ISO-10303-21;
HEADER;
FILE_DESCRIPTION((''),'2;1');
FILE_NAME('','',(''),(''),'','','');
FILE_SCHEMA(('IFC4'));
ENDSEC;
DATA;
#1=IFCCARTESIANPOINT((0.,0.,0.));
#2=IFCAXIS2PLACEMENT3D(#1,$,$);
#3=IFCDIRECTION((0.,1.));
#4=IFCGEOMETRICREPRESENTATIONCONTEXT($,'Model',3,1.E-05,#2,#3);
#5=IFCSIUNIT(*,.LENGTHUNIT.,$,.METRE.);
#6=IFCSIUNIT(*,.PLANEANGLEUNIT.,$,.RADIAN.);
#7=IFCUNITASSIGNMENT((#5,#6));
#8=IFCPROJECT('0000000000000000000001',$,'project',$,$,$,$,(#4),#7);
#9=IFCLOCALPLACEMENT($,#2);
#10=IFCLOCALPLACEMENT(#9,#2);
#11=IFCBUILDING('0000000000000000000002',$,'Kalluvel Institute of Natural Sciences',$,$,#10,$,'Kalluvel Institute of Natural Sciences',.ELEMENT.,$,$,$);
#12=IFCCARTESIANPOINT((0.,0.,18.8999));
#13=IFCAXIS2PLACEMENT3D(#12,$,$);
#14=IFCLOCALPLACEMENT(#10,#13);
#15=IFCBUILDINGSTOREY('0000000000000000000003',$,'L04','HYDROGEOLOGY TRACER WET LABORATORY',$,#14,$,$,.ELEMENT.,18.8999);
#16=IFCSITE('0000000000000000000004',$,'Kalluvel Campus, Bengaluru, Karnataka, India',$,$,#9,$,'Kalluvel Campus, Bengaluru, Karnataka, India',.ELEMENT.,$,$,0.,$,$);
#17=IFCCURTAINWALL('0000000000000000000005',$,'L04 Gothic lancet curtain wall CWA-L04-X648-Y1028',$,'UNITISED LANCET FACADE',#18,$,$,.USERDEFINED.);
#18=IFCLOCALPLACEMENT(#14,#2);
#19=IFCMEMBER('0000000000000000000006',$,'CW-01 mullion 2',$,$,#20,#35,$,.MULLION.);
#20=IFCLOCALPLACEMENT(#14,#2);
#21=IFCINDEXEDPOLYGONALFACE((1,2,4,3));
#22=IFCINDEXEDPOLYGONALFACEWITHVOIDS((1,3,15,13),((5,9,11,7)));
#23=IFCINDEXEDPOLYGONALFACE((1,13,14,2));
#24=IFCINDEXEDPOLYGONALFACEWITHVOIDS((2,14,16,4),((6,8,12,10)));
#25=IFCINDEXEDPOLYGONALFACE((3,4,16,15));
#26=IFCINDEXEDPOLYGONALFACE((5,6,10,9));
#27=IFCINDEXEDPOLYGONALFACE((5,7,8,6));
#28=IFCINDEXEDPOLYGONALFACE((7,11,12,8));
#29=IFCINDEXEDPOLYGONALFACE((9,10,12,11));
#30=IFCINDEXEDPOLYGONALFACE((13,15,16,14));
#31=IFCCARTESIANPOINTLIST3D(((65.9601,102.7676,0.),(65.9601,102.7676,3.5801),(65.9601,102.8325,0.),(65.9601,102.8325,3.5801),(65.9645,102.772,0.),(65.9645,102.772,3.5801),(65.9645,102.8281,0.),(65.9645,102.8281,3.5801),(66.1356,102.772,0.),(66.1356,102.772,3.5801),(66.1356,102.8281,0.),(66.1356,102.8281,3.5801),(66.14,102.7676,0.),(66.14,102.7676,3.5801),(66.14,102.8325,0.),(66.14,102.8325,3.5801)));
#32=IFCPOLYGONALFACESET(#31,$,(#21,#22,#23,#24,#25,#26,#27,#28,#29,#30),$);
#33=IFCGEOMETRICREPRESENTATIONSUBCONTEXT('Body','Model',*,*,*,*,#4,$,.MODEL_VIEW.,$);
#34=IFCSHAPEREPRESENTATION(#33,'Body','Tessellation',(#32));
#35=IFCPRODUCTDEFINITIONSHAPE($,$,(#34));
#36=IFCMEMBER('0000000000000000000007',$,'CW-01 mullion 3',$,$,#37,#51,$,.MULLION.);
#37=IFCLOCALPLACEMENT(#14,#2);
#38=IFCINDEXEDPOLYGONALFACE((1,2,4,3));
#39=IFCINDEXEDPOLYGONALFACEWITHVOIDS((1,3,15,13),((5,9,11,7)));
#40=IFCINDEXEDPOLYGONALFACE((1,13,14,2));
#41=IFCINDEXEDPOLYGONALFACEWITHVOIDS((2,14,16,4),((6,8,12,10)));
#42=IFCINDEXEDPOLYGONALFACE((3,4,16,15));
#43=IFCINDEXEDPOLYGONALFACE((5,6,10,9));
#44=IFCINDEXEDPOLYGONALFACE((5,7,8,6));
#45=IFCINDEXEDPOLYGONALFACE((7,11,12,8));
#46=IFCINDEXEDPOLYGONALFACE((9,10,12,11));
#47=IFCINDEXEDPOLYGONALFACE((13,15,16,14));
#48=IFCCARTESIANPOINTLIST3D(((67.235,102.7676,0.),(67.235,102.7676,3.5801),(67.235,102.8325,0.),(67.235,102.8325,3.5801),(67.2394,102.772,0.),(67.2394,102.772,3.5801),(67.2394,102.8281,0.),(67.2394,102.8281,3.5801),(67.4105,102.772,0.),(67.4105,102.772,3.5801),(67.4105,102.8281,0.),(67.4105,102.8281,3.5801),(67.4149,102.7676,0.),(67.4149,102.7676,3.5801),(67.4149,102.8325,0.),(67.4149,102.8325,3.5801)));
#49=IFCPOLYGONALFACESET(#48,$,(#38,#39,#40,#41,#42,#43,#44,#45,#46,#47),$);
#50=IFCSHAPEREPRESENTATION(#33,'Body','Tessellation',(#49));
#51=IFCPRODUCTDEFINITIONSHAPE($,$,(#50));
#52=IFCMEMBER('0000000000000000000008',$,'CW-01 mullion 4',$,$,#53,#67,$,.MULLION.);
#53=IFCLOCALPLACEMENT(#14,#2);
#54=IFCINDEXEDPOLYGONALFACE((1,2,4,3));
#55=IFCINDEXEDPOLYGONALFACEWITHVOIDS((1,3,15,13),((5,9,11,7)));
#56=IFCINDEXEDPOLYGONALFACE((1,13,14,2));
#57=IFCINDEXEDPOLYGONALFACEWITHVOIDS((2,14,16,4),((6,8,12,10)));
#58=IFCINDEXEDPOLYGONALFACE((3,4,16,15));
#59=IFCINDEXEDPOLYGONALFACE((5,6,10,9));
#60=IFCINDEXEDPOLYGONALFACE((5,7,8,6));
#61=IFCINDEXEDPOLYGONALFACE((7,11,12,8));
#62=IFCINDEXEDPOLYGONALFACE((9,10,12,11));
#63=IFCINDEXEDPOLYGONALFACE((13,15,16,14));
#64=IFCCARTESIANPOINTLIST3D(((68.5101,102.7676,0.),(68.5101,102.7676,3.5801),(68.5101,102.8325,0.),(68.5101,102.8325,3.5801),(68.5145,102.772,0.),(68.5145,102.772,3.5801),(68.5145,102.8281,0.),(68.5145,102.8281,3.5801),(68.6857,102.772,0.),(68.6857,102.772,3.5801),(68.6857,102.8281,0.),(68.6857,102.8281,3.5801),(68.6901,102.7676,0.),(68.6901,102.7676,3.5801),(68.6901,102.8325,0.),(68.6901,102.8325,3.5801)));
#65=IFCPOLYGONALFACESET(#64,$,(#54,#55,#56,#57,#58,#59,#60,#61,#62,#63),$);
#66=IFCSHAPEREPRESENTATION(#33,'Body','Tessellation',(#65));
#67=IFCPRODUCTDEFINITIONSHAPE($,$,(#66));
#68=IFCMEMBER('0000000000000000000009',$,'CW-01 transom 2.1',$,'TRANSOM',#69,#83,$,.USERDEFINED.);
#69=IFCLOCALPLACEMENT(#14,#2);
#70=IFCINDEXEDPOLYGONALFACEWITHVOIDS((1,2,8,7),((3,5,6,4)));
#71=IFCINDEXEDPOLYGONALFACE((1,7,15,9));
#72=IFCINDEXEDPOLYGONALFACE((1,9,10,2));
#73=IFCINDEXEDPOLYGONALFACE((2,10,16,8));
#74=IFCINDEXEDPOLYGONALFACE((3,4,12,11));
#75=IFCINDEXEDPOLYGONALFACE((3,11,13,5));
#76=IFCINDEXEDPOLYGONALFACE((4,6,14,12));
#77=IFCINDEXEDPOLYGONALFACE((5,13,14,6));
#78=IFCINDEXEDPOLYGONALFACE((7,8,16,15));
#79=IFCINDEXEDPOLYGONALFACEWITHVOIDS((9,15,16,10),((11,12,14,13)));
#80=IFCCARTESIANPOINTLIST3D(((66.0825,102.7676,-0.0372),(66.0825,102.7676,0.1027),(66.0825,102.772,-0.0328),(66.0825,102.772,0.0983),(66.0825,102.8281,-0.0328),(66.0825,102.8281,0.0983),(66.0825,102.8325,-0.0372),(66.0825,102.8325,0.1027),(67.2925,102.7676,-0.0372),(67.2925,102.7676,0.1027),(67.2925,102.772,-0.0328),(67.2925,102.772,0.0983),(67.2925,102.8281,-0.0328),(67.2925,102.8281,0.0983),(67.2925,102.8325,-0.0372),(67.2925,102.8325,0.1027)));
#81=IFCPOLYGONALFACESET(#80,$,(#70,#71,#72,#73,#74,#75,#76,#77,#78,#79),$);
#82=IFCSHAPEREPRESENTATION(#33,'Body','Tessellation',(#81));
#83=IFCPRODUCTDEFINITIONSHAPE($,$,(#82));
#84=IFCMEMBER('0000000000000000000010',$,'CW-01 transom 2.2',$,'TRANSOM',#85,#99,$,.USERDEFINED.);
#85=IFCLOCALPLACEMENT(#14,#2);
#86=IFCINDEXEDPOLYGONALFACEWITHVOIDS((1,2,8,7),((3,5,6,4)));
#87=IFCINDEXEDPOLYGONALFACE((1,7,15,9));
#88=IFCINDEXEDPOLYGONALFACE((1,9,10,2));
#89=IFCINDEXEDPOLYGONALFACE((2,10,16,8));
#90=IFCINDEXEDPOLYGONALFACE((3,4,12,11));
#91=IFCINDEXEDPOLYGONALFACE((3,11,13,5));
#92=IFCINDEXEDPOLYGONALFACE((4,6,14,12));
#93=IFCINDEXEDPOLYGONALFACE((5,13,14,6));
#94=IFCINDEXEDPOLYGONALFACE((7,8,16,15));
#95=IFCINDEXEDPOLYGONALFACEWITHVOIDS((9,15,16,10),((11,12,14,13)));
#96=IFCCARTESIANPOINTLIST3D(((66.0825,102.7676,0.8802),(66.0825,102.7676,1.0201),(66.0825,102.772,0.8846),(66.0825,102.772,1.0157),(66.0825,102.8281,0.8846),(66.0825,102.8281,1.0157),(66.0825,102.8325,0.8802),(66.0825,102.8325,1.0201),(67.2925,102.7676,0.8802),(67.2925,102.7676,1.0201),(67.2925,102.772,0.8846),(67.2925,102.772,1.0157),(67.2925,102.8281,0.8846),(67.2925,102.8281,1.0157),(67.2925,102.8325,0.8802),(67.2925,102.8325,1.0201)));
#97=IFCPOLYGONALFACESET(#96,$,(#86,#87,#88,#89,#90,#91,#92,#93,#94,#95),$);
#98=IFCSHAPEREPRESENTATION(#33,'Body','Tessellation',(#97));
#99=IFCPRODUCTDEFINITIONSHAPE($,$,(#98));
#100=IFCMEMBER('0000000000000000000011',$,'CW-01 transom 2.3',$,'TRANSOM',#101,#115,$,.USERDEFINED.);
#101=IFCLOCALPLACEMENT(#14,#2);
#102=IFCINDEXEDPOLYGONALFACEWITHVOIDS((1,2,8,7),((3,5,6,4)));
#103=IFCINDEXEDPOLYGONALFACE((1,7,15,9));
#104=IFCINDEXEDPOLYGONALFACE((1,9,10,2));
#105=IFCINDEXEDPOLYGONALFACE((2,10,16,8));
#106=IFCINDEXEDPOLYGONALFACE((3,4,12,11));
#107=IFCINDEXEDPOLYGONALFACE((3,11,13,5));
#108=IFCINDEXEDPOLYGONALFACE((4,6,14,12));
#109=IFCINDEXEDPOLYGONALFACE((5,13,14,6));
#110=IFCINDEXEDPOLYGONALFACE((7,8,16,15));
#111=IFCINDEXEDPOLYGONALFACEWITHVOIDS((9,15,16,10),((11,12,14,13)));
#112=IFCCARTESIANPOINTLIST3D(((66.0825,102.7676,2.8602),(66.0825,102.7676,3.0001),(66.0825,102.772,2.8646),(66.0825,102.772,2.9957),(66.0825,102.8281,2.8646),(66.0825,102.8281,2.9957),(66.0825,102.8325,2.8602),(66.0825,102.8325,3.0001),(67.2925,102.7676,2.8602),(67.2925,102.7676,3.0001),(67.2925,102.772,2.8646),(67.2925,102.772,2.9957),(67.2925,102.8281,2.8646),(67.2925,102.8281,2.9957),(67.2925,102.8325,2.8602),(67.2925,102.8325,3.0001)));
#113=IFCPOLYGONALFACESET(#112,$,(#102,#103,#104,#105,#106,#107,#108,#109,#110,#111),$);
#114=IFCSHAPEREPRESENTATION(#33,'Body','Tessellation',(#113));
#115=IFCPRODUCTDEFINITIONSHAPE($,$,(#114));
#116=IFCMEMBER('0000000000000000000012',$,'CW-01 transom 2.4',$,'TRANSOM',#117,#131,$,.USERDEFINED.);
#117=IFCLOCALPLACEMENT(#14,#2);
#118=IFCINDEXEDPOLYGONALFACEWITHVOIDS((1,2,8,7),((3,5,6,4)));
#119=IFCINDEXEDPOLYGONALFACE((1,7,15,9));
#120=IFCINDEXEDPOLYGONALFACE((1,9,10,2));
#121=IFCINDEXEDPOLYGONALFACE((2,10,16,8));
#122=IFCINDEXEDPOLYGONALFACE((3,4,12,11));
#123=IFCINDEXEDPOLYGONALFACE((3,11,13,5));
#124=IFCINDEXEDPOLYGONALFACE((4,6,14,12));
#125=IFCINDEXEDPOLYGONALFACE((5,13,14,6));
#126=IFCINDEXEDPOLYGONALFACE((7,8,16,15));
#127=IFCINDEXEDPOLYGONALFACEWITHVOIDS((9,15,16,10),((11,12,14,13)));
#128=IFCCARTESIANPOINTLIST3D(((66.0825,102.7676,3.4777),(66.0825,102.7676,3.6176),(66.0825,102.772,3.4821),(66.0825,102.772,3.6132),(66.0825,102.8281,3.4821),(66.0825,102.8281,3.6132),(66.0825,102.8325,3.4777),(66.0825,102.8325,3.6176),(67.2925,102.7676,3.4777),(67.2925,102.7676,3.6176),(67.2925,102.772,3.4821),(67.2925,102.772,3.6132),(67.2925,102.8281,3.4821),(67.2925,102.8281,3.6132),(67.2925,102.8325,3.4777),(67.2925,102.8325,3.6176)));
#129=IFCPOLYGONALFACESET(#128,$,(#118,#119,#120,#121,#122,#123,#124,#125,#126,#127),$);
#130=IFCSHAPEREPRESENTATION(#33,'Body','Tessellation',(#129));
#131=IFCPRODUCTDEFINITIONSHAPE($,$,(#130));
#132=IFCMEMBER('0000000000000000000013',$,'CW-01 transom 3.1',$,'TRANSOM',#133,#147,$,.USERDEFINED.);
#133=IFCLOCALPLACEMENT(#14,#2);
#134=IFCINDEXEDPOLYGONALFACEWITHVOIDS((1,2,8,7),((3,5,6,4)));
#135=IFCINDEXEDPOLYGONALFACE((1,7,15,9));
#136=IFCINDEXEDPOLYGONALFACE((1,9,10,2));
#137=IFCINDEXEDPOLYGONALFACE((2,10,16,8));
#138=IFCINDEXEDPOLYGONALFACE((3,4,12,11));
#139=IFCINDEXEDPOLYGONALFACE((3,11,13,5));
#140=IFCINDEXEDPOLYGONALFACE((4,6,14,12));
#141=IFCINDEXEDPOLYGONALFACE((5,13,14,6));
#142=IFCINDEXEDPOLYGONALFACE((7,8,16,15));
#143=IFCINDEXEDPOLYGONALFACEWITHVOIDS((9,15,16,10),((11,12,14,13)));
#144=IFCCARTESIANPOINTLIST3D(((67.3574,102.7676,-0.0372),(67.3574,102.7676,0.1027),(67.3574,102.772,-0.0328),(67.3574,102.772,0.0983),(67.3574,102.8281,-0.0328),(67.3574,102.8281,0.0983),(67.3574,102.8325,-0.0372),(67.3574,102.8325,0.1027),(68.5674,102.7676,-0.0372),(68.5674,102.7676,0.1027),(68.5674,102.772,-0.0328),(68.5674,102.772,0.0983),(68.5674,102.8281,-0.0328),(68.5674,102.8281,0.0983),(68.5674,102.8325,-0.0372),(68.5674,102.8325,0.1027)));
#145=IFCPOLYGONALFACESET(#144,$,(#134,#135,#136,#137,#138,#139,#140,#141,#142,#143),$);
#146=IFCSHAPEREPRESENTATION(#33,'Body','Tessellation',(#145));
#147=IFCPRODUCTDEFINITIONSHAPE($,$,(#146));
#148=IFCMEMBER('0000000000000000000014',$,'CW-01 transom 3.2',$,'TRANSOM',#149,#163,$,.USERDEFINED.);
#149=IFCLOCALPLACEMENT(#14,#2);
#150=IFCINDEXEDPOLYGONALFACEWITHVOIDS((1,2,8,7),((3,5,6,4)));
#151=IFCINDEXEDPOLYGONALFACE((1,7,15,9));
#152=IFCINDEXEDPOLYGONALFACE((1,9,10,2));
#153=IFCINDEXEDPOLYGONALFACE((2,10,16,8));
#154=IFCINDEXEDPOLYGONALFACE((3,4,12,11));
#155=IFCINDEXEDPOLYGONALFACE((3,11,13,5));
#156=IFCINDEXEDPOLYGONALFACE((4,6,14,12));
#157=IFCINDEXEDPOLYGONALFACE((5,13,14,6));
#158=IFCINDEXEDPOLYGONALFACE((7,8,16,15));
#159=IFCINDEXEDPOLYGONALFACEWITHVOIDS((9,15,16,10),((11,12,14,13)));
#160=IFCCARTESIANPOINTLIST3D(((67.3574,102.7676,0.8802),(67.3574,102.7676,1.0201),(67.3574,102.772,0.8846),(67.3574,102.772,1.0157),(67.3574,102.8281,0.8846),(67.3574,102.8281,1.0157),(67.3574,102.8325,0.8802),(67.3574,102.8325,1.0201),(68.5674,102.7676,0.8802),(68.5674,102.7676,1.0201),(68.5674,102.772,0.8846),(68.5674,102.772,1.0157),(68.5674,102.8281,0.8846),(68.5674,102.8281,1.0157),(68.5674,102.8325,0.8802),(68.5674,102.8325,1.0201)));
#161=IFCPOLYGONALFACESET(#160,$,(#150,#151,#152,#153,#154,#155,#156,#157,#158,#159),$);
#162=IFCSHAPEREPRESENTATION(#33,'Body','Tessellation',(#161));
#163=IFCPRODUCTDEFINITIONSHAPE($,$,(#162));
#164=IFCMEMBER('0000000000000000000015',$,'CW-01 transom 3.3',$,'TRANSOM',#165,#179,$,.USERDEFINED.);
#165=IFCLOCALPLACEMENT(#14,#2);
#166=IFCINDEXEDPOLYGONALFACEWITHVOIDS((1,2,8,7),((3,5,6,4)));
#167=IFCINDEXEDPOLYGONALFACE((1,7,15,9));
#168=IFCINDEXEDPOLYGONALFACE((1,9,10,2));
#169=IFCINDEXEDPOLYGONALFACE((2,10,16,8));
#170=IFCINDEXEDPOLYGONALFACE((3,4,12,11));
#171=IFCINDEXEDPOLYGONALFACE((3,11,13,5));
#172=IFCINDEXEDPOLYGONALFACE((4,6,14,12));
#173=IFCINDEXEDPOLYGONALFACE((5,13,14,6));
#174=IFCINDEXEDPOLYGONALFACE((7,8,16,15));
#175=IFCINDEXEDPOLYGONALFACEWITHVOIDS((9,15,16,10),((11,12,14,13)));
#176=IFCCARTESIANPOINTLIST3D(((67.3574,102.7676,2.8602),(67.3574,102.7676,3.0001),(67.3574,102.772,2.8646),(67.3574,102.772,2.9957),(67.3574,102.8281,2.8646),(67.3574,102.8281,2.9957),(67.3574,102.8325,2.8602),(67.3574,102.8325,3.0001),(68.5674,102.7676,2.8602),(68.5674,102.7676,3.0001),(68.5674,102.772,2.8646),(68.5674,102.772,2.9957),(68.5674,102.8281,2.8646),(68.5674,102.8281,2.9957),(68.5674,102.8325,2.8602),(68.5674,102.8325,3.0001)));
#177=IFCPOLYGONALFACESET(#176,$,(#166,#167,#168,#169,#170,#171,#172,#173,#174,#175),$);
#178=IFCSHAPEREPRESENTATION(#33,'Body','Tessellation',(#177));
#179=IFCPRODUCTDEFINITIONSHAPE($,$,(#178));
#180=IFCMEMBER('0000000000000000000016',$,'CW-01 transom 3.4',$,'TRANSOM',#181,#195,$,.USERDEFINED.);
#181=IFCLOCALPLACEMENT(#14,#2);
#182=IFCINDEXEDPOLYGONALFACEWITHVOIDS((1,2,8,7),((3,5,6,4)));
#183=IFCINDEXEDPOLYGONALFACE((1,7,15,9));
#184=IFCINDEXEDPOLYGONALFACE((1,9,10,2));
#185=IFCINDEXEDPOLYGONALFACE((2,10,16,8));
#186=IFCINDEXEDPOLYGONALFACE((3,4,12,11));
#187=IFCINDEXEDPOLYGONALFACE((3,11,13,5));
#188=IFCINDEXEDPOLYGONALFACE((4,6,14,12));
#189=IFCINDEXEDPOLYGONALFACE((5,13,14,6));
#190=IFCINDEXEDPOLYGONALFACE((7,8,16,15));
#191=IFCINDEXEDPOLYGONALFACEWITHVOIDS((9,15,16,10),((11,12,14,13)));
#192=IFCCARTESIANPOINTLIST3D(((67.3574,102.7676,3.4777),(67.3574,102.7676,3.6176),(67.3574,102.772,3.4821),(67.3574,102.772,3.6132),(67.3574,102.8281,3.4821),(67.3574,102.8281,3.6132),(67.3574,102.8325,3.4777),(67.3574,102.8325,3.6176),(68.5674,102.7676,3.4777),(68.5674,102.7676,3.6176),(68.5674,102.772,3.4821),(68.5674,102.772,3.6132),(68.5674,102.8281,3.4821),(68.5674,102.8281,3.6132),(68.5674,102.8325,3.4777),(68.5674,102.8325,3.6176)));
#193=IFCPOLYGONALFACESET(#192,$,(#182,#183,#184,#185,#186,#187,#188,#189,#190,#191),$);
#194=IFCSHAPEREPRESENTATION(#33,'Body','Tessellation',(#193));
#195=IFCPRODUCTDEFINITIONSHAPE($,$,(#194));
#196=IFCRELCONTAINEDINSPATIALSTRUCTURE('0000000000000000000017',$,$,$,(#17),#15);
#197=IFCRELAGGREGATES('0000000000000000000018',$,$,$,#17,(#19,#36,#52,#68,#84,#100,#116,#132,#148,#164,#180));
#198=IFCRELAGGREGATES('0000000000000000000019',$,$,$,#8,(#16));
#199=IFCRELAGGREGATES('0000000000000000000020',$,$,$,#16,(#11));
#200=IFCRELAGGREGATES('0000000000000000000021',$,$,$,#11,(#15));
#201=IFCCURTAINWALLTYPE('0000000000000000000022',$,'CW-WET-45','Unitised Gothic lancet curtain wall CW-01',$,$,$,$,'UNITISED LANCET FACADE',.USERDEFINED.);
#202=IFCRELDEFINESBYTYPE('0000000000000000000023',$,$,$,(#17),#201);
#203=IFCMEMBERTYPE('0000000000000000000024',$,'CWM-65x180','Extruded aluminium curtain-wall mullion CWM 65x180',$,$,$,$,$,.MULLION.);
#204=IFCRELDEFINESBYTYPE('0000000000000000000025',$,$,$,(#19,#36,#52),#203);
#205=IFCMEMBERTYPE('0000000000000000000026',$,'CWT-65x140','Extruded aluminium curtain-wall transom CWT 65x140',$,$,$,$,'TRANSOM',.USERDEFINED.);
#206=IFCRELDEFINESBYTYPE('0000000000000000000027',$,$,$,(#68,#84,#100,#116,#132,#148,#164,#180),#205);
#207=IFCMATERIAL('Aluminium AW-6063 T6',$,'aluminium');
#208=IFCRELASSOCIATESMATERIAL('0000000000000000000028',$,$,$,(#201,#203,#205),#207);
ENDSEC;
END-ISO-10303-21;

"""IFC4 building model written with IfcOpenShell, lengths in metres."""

from ifc_helpers import new_model, si_unit, direction, frame, origin, origin_2d, place, context, subcontext, project, spatial, hollow_rectangle, extrude, material, material_profile, profile_set, type_object, element, aggregate, save


model = new_model("IFC4")

# Units and contexts
model_context = context("Model", 3, precision=1e-05, world=origin(), true_north=direction((0.0, 1.0)))
body_context = subcontext(model_context, "Body", "Model", "MODEL_VIEW")
ifc_project = project(units=[si_unit("LENGTHUNIT", "METRE"), si_unit("PLANEANGLEUNIT", "RADIAN")], contexts=[model_context])

# Site, building, storey
site_placement = place(None, origin())
site = spatial("IfcSite", under=ifc_project, at=site_placement, Name="Kalluvel Campus, Bengaluru, Karnataka, India", LongName="Kalluvel Campus, Bengaluru, Karnataka, India", CompositionType="ELEMENT", RefElevation=0.0)
building_placement = place(site_placement, origin())
building = spatial("IfcBuilding", under=site, at=building_placement, Name="Kalluvel Institute of Natural Sciences", LongName="Kalluvel Institute of Natural Sciences", CompositionType="ELEMENT")
storey_placement = place(building_placement, frame((0.0, 0.0, 18.8999)))
storey = spatial("IfcBuildingStorey", under=building, at=storey_placement, Name="L04", Description="HYDROGEOLOGY TRACER WET LABORATORY", CompositionType="ELEMENT", Elevation=18.8999)

# Curtain wall, members
ifc_material_1 = material(Name="Aluminium AW-6063 T6", Category="aluminium")
curtain_wall_type = type_object("IfcCurtainWallType", Name="CW-WET-45", Description="Unitised Gothic lancet curtain wall CW-01", ElementType="UNITISED LANCET FACADE", PredefinedType="USERDEFINED", material=ifc_material_1)
curtain_wall_placement = place(storey_placement, origin())
curtain_wall = element("IfcCurtainWall", 1, at=curtain_wall_placement, inside=storey, type_object=curtain_wall_type, Name="L04 Gothic lancet curtain wall CWA-L04-X648-Y1028", ObjectType="UNITISED LANCET FACADE", PredefinedType="USERDEFINED")
ifc_material_profile_1 = material_profile(ifc_material_1, hollow_rectangle(XDim=0.0649, YDim=0.1799, WallThickness=0.0044, at=origin_2d()), Name="CWM 65x180")
ifc_profile_set_1 = profile_set([ifc_material_profile_1], Name="Aluminium AW-6063 T6")
member_type_1 = type_object("IfcMemberType", Name="CWM-65x180", Description="Extruded aluminium curtain-wall mullion CWM 65x180", PredefinedType="MULLION", material=ifc_profile_set_1)
member_1_placement = place(storey_placement, frame((66.05, 102.8, 0.0), z_axis=(0.0, 0.0, 1.0), x_axis=(0.0, 1.0, 0.0)))
member_1 = element("IfcMember", 2, at=member_1_placement, type_object=member_type_1, Name="CW-01 mullion 2", PredefinedType="MULLION", context=body_context, shape_type="SweptSolid", body=[
    extrude(hollow_rectangle(XDim=0.0649, YDim=0.1799, WallThickness=0.0044, at=origin_2d()), origin(), (0.0, 0.0, 1.0), 3.5801),
])
member_2_placement = place(storey_placement, frame((67.325, 102.8, 0.0), z_axis=(0.0, 0.0, 1.0), x_axis=(0.0, 1.0, 0.0)))
member_2 = element("IfcMember", 3, at=member_2_placement, type_object=member_type_1, Name="CW-01 mullion 3", PredefinedType="MULLION", context=body_context, shape_type="SweptSolid", body=[
    extrude(hollow_rectangle(XDim=0.0649, YDim=0.1799, WallThickness=0.0044, at=origin_2d()), origin(), (0.0, 0.0, 1.0), 3.5801),
])
member_3_placement = place(storey_placement, frame((68.6001, 102.8, 0.0), z_axis=(0.0, 0.0, 1.0), x_axis=(0.0, 1.0, 0.0)))
member_3 = element("IfcMember", 4, at=member_3_placement, type_object=member_type_1, Name="CW-01 mullion 4", PredefinedType="MULLION", context=body_context, shape_type="SweptSolid", body=[
    extrude(hollow_rectangle(XDim=0.0649, YDim=0.1799, WallThickness=0.0044, at=origin_2d()), origin(), (0.0, 0.0, 1.0), 3.5801),
])
ifc_material_profile_2 = material_profile(ifc_material_1, hollow_rectangle(XDim=0.0649, YDim=0.1399, WallThickness=0.0044, at=origin_2d()), Name="CWT 65x140")
ifc_profile_set_2 = profile_set([ifc_material_profile_2], Name="Aluminium AW-6063 T6")
member_type_2 = type_object("IfcMemberType", Name="CWT-65x140", Description="Extruded aluminium curtain-wall transom CWT 65x140", ElementType="TRANSOM", PredefinedType="USERDEFINED", material=ifc_profile_set_2)
member_4_placement = place(storey_placement, frame((66.0825, 102.8, 0.0327), z_axis=(1.0, 0.0, 0.0), x_axis=(0.0, 1.0, 0.0)))
member_4 = element("IfcMember", 5, at=member_4_placement, type_object=member_type_2, Name="CW-01 transom 2.1", ObjectType="TRANSOM", PredefinedType="USERDEFINED", context=body_context, shape_type="SweptSolid", body=[
    extrude(hollow_rectangle(XDim=0.0649, YDim=0.1399, WallThickness=0.0044, at=origin_2d()), origin(), (0.0, 0.0, 1.0), 1.21),
])
member_5_placement = place(storey_placement, frame((66.0825, 102.8, 0.9502), z_axis=(1.0, 0.0, 0.0), x_axis=(0.0, 1.0, 0.0)))
member_5 = element("IfcMember", 6, at=member_5_placement, type_object=member_type_2, Name="CW-01 transom 2.2", ObjectType="TRANSOM", PredefinedType="USERDEFINED", context=body_context, shape_type="SweptSolid", body=[
    extrude(hollow_rectangle(XDim=0.0649, YDim=0.1399, WallThickness=0.0044, at=origin_2d()), origin(), (0.0, 0.0, 1.0), 1.21),
])
member_6_placement = place(storey_placement, frame((66.0825, 102.8, 2.9302), z_axis=(1.0, 0.0, 0.0), x_axis=(0.0, 1.0, 0.0)))
member_6 = element("IfcMember", 7, at=member_6_placement, type_object=member_type_2, Name="CW-01 transom 2.3", ObjectType="TRANSOM", PredefinedType="USERDEFINED", context=body_context, shape_type="SweptSolid", body=[
    extrude(hollow_rectangle(XDim=0.0649, YDim=0.1399, WallThickness=0.0044, at=origin_2d()), origin(), (0.0, 0.0, 1.0), 1.21),
])
member_7_placement = place(storey_placement, frame((66.0825, 102.8, 3.5476), z_axis=(1.0, 0.0, 0.0), x_axis=(0.0, 1.0, 0.0)))
member_7 = element("IfcMember", 8, at=member_7_placement, type_object=member_type_2, Name="CW-01 transom 2.4", ObjectType="TRANSOM", PredefinedType="USERDEFINED", context=body_context, shape_type="SweptSolid", body=[
    extrude(hollow_rectangle(XDim=0.0649, YDim=0.1399, WallThickness=0.0044, at=origin_2d()), origin(), (0.0, 0.0, 1.0), 1.21),
])
member_8_placement = place(storey_placement, frame((67.3574, 102.8, 0.0327), z_axis=(1.0, 0.0, 0.0), x_axis=(0.0, 1.0, 0.0)))
member_8 = element("IfcMember", 9, at=member_8_placement, type_object=member_type_2, Name="CW-01 transom 3.1", ObjectType="TRANSOM", PredefinedType="USERDEFINED", context=body_context, shape_type="SweptSolid", body=[
    extrude(hollow_rectangle(XDim=0.0649, YDim=0.1399, WallThickness=0.0044, at=origin_2d()), origin(), (0.0, 0.0, 1.0), 1.21),
])
member_9_placement = place(storey_placement, frame((67.3574, 102.8, 0.9502), z_axis=(1.0, 0.0, 0.0), x_axis=(0.0, 1.0, 0.0)))
member_9 = element("IfcMember", 10, at=member_9_placement, type_object=member_type_2, Name="CW-01 transom 3.2", ObjectType="TRANSOM", PredefinedType="USERDEFINED", context=body_context, shape_type="SweptSolid", body=[
    extrude(hollow_rectangle(XDim=0.0649, YDim=0.1399, WallThickness=0.0044, at=origin_2d()), origin(), (0.0, 0.0, 1.0), 1.21),
])
member_10_placement = place(storey_placement, frame((67.3574, 102.8, 2.9302), z_axis=(1.0, 0.0, 0.0), x_axis=(0.0, 1.0, 0.0)))
member_10 = element("IfcMember", 11, at=member_10_placement, type_object=member_type_2, Name="CW-01 transom 3.3", ObjectType="TRANSOM", PredefinedType="USERDEFINED", context=body_context, shape_type="SweptSolid", body=[
    extrude(hollow_rectangle(XDim=0.0649, YDim=0.1399, WallThickness=0.0044, at=origin_2d()), origin(), (0.0, 0.0, 1.0), 1.21),
])
member_11_placement = place(storey_placement, frame((67.3574, 102.8, 3.5476), z_axis=(1.0, 0.0, 0.0), x_axis=(0.0, 1.0, 0.0)))
member_11 = element("IfcMember", 12, at=member_11_placement, type_object=member_type_2, Name="CW-01 transom 3.4", ObjectType="TRANSOM", PredefinedType="USERDEFINED", context=body_context, shape_type="SweptSolid", body=[
    extrude(hollow_rectangle(XDim=0.0649, YDim=0.1399, WallThickness=0.0044, at=origin_2d()), origin(), (0.0, 0.0, 1.0), 1.21),
])
aggregate(curtain_wall, [member_1, member_2, member_3, member_4, member_5, member_6, member_7, member_8, member_9, member_10, member_11])

save(model, "model.ifc")
